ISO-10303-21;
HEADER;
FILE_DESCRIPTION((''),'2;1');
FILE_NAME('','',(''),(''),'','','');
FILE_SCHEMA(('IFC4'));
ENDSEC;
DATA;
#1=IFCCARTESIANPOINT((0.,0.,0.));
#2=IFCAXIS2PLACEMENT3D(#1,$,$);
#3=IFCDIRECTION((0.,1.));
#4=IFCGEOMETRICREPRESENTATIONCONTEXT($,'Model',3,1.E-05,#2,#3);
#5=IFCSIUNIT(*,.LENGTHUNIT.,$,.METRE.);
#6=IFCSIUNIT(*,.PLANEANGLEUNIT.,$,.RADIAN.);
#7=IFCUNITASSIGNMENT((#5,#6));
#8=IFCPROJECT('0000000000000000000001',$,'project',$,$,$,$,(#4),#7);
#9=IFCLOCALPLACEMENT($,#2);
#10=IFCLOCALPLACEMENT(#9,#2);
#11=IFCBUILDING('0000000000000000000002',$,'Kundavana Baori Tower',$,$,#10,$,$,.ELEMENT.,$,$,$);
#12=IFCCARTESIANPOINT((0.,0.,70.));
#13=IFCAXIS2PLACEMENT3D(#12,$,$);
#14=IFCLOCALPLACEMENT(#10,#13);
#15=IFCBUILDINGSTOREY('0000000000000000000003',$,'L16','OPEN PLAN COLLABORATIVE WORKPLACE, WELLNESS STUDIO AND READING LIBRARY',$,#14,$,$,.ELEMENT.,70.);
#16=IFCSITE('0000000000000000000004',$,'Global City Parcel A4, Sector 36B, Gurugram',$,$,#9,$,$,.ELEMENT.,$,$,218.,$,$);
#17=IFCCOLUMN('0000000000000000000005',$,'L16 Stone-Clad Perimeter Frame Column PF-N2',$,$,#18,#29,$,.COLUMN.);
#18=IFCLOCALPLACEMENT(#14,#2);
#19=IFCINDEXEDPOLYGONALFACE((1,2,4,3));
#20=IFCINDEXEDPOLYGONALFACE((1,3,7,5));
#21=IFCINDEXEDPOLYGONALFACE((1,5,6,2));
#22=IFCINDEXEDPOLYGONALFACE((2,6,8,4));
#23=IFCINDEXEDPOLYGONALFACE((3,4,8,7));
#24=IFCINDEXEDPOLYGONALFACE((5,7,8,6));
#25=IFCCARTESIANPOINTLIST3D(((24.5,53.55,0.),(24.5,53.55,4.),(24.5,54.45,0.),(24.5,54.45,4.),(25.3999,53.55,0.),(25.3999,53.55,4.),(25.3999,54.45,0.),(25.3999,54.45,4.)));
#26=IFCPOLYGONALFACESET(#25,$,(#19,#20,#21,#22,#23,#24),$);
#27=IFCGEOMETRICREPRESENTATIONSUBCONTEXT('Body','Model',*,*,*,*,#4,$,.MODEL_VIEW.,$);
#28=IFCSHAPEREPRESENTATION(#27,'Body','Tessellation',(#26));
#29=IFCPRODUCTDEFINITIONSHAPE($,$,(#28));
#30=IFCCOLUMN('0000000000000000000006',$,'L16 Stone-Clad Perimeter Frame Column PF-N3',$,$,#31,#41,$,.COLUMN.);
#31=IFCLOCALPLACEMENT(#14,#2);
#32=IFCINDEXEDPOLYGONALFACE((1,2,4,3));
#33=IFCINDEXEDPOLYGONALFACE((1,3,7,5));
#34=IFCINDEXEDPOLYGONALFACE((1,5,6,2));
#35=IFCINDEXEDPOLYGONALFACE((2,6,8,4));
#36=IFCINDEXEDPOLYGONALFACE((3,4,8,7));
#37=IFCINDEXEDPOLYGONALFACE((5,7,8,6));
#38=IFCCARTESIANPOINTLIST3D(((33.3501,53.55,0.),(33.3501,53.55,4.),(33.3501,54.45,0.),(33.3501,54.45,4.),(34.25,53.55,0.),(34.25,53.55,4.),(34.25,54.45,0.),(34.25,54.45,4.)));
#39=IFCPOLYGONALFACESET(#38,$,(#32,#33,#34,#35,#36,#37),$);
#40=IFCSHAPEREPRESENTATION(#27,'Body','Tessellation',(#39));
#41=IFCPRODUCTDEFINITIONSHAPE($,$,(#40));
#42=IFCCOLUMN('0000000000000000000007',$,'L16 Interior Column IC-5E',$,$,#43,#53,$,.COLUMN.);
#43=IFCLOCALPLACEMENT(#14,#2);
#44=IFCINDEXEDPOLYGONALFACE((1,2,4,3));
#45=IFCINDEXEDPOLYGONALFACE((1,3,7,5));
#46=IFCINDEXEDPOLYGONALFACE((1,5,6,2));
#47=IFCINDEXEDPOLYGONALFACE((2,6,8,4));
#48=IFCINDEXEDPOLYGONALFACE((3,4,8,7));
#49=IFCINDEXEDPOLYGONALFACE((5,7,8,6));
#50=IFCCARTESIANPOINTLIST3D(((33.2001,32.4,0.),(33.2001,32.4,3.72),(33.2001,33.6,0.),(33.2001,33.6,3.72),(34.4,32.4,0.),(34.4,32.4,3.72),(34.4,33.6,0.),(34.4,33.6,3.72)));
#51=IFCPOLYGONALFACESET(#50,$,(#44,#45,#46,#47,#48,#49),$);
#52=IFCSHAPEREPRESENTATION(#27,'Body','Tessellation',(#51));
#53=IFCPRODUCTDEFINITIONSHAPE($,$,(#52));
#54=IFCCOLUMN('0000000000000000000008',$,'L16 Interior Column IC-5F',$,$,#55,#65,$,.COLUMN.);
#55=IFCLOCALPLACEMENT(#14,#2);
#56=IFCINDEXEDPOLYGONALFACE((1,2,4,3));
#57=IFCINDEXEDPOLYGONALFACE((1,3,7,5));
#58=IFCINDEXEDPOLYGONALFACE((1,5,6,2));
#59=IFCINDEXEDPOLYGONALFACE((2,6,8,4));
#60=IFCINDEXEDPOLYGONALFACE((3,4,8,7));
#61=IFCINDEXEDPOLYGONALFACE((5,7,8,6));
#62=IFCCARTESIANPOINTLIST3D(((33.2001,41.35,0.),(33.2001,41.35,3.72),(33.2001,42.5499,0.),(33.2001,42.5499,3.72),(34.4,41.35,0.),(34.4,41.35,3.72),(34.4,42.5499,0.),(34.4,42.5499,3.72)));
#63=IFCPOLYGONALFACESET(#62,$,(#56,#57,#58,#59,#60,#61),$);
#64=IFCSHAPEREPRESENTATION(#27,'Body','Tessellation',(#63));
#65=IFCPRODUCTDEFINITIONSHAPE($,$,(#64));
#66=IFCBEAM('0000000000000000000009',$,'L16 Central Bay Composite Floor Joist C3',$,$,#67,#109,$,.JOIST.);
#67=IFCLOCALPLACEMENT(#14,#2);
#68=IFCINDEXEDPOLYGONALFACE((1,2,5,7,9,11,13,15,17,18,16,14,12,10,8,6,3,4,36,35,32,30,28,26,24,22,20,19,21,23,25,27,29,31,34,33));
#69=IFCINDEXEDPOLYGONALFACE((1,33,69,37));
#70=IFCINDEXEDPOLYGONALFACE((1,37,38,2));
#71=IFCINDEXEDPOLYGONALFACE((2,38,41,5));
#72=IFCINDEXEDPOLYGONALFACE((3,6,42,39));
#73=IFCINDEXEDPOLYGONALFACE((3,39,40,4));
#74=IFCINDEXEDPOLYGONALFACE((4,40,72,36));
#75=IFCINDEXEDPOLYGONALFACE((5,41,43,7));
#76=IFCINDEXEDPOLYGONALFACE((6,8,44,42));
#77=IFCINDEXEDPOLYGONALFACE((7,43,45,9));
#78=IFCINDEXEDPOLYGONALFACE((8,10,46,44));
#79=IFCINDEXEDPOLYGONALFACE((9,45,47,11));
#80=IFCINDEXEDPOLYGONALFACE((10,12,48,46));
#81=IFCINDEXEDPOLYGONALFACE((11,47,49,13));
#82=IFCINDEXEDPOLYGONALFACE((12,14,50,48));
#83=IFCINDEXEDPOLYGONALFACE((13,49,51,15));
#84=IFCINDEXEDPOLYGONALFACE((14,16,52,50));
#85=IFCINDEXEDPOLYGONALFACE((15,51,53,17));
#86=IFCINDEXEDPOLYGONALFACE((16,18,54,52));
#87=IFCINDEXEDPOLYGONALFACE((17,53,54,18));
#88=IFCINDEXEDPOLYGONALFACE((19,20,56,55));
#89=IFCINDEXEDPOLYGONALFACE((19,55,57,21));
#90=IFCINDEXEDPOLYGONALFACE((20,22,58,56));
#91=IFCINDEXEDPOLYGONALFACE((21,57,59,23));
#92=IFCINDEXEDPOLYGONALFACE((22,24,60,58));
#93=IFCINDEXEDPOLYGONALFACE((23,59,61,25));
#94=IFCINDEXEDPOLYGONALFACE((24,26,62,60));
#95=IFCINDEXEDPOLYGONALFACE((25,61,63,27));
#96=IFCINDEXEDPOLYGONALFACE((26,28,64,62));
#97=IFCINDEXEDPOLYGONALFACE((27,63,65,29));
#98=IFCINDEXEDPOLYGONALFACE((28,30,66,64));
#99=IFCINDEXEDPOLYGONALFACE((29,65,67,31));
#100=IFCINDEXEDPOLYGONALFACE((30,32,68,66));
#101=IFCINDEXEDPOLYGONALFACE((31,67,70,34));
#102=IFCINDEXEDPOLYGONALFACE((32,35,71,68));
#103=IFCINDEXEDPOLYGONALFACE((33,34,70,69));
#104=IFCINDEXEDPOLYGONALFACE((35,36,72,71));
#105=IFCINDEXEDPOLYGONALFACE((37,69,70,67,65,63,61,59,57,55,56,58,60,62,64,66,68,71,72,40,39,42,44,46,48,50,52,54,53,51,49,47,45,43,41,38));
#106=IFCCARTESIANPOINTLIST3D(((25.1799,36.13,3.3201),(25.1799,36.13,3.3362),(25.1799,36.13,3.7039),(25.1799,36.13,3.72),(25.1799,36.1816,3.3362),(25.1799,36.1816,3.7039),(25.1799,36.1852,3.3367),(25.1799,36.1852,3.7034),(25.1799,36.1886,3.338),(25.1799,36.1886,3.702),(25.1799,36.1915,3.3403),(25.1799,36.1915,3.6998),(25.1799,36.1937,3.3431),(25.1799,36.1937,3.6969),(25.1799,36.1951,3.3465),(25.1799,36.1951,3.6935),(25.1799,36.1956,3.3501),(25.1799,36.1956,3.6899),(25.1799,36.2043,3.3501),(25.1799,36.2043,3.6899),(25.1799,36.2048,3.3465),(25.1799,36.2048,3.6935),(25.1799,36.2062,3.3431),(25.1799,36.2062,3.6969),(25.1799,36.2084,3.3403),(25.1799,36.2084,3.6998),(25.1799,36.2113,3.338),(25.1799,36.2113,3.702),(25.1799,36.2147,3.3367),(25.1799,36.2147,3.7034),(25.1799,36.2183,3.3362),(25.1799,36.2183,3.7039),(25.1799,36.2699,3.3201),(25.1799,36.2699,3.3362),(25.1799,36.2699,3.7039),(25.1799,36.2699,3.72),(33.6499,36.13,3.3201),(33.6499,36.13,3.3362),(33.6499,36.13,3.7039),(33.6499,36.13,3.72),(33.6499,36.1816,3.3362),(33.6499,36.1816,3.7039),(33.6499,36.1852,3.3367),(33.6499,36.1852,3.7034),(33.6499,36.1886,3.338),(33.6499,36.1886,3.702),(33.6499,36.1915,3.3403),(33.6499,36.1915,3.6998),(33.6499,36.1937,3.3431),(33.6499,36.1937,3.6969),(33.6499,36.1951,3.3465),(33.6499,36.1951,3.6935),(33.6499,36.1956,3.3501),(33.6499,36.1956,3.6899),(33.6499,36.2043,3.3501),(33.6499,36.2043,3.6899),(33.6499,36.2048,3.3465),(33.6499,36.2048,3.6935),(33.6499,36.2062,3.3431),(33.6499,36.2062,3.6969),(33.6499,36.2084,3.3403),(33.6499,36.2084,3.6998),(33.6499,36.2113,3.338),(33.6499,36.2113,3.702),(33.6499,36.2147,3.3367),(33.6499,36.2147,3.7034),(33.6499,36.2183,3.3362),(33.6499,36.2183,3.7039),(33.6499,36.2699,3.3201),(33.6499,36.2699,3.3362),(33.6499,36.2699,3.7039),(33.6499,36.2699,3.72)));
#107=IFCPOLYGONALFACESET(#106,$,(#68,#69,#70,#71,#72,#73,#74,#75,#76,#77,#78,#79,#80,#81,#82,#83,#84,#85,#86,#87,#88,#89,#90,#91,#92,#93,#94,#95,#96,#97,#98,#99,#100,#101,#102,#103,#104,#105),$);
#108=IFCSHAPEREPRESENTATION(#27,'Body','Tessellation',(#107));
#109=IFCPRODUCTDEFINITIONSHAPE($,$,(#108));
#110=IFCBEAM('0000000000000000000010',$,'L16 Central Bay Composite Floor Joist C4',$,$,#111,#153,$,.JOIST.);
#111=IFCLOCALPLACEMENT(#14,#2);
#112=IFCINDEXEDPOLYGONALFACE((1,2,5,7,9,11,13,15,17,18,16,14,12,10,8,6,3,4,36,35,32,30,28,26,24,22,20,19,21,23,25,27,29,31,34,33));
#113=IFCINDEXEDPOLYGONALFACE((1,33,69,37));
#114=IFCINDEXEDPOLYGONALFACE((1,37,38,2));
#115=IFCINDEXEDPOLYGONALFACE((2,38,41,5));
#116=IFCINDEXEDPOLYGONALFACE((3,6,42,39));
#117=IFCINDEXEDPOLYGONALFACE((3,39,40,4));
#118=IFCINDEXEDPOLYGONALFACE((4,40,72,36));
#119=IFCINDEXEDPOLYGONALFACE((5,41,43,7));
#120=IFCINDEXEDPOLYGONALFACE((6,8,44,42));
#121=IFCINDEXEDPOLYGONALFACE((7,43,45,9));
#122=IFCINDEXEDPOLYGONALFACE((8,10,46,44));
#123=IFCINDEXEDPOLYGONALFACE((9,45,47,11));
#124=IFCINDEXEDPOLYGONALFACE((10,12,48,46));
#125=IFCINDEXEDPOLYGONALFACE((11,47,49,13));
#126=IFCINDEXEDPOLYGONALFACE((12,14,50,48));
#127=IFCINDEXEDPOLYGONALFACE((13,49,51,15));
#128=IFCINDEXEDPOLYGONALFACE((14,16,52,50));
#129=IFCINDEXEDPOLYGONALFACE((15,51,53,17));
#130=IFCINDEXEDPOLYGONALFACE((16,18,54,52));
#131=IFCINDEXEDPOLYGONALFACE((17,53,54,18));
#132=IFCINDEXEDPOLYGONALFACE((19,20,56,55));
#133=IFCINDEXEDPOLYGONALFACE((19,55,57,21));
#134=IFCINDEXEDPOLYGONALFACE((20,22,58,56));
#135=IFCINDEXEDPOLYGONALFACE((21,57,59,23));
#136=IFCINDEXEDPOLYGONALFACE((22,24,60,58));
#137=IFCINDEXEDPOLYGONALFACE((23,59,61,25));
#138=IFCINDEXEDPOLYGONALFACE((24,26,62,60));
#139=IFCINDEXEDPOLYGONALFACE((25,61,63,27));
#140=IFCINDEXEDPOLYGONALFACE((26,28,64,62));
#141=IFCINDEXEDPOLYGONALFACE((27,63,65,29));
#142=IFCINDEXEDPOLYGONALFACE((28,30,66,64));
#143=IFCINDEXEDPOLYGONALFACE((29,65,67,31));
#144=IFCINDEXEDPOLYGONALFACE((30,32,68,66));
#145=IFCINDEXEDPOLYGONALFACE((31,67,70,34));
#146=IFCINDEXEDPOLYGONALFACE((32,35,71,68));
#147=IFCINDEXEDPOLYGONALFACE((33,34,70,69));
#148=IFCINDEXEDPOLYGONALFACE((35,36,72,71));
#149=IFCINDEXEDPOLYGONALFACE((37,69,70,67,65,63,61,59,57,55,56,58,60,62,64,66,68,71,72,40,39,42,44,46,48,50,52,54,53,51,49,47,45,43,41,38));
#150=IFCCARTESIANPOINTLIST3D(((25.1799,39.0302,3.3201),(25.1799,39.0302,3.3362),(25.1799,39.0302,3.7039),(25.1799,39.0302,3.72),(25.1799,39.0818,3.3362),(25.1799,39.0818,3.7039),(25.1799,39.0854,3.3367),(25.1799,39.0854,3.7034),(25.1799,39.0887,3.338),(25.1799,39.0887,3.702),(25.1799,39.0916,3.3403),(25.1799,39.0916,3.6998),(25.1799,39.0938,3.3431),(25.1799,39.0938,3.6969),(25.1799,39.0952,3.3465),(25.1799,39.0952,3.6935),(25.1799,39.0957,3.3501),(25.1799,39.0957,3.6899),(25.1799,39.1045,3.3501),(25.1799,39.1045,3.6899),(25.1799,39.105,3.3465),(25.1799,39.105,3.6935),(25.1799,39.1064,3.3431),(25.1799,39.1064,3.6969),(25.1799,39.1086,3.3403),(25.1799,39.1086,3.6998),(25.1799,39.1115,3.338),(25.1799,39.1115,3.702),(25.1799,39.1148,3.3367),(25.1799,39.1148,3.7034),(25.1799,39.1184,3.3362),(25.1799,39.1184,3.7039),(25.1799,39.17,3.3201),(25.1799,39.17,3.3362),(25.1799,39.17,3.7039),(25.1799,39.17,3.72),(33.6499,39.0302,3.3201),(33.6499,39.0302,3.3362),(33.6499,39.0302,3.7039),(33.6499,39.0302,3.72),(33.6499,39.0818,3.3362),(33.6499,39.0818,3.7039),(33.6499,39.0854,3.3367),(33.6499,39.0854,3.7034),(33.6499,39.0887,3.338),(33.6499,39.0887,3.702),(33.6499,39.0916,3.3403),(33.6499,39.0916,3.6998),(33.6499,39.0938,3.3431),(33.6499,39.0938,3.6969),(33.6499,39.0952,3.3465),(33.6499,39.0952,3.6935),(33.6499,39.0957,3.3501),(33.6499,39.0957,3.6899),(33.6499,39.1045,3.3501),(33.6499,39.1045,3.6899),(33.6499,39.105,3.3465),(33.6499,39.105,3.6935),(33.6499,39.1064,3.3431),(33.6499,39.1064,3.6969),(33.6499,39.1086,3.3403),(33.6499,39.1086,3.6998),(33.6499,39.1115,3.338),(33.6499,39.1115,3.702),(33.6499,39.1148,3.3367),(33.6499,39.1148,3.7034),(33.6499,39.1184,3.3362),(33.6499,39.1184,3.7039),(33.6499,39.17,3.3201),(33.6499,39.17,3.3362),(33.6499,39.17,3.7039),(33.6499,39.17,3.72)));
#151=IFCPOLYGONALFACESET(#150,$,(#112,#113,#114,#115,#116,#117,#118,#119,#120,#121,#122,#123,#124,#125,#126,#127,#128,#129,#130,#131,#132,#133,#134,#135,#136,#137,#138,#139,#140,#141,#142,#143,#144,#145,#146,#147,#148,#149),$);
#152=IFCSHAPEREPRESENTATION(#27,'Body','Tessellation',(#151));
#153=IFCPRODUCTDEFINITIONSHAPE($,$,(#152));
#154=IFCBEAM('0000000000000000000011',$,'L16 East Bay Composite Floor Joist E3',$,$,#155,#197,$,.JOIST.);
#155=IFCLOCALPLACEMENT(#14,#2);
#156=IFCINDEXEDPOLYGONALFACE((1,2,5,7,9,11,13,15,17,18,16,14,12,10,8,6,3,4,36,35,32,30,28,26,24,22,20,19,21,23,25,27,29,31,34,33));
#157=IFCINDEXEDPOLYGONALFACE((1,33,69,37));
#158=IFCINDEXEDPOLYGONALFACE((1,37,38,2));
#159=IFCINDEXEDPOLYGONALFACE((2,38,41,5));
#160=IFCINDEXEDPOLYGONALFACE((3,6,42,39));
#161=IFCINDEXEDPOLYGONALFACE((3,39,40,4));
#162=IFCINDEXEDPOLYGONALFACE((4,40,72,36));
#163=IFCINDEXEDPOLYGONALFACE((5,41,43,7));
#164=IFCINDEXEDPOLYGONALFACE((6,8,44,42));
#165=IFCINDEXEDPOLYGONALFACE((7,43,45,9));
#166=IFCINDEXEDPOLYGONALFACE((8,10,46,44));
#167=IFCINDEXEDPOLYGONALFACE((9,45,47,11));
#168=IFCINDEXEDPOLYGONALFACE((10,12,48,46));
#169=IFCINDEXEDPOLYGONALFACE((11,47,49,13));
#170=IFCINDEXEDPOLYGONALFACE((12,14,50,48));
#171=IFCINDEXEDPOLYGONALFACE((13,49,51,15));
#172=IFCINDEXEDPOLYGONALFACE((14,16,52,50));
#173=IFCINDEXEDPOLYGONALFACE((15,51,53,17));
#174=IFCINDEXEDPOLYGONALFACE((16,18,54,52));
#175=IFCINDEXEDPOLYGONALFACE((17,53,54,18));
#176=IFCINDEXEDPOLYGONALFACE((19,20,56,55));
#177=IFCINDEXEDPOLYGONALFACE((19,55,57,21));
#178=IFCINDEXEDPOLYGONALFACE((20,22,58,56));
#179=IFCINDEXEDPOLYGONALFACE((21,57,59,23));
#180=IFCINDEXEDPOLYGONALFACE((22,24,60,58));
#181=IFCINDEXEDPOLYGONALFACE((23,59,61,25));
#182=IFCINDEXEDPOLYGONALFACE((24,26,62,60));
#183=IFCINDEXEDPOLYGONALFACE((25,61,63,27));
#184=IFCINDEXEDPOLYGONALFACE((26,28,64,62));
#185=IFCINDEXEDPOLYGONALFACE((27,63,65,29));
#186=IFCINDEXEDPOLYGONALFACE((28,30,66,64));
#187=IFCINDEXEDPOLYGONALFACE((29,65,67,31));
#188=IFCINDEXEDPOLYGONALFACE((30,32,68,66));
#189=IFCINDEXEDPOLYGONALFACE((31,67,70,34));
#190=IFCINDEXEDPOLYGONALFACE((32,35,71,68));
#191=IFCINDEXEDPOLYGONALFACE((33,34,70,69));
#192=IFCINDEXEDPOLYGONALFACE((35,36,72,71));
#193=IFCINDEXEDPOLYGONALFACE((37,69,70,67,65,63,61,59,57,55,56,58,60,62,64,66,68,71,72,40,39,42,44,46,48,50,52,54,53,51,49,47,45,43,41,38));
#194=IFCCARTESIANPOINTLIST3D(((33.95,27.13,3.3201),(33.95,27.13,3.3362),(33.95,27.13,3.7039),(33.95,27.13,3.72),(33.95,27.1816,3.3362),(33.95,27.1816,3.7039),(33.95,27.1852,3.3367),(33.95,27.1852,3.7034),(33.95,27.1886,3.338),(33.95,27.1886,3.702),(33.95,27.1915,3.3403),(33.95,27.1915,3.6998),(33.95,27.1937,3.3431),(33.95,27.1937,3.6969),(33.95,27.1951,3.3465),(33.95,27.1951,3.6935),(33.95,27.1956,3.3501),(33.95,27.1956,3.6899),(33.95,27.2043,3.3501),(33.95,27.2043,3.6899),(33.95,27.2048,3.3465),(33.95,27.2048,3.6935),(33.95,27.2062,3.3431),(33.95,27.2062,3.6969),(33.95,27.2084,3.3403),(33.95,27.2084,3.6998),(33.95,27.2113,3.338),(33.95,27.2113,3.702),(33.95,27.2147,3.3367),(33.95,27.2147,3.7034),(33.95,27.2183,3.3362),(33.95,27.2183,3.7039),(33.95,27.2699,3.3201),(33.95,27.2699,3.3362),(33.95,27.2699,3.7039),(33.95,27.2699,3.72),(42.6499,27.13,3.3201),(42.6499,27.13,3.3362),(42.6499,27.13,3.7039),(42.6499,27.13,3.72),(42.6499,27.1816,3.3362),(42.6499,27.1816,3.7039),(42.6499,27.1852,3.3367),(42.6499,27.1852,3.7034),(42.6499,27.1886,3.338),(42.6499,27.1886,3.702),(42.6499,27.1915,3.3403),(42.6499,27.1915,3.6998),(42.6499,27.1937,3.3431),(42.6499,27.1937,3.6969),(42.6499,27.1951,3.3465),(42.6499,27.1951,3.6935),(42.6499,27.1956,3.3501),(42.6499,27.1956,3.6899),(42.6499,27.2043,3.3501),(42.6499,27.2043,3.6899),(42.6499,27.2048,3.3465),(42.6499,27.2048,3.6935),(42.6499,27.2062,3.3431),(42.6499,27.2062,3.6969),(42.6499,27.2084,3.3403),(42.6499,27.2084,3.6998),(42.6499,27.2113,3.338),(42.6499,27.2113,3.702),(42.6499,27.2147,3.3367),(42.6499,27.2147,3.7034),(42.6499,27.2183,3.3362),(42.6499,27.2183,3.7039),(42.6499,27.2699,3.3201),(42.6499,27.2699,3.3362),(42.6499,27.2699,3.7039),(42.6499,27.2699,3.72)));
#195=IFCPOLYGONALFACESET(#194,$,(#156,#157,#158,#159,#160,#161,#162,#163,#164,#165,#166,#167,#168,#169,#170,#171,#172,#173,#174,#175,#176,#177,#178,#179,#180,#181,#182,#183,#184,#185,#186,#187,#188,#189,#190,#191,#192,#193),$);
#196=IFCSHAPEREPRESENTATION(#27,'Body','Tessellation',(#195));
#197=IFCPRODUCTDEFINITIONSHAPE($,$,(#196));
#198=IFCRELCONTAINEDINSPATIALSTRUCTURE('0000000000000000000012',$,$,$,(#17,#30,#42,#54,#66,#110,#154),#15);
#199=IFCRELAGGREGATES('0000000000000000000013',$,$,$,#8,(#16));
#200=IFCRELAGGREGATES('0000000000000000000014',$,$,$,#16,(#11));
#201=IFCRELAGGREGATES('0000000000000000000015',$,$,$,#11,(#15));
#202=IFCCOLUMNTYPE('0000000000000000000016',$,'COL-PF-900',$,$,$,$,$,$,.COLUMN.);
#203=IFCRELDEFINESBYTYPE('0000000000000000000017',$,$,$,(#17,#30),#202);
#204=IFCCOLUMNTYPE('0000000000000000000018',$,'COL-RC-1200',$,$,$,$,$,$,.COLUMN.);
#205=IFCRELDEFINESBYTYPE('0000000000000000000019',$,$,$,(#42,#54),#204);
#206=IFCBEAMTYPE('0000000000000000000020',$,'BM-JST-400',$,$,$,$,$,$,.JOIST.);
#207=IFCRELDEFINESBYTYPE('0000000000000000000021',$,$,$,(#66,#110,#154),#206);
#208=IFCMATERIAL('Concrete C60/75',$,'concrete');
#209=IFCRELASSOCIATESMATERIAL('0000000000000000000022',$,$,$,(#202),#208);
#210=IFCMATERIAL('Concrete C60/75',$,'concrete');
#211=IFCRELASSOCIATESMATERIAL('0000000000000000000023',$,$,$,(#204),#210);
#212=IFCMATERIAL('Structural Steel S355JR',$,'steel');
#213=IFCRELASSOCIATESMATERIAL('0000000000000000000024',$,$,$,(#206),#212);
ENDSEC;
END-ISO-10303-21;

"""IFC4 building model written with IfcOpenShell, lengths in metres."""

from ifc_helpers import new_model, si_unit, direction, frame, origin, origin_2d, place, context, subcontext, project, spatial, rectangle, i_section, extrude, material, material_profile, profile_set, type_object, element, save


model = new_model("IFC4")

# Units and contexts
model_context = context("Model", 3, precision=1e-05, world=origin(), true_north=direction((0.0, 1.0)))
body_context = subcontext(model_context, "Body", "Model", "MODEL_VIEW")
ifc_project = project(units=[si_unit("LENGTHUNIT", "METRE"), si_unit("PLANEANGLEUNIT", "RADIAN")], contexts=[model_context])

# Site, building, storey
site_placement = place(None, origin())
site = spatial("IfcSite", under=ifc_project, at=site_placement, Name="Global City Parcel A4, Sector 36B, Gurugram", CompositionType="ELEMENT", RefElevation=218.0)
building_placement = place(site_placement, origin())
building = spatial("IfcBuilding", under=site, at=building_placement, Name="Kundavana Baori Tower", CompositionType="ELEMENT")
storey_placement = place(building_placement, frame((0.0, 0.0, 70.0)))
storey = spatial("IfcBuildingStorey", under=building, at=storey_placement, Name="L16", Description="OPEN PLAN COLLABORATIVE WORKPLACE, WELLNESS STUDIO AND READING LIBRARY", CompositionType="ELEMENT", Elevation=70.0)

# Columns
ifc_material_1 = material(Name="Concrete C60/75", Category="concrete")
ifc_material_profile_1 = material_profile(ifc_material_1, rectangle(XDim=0.8999, YDim=0.8999, at=origin_2d()), Name="RC PF 900x900")
ifc_profile_set_1 = profile_set([ifc_material_profile_1], Name="Concrete C60/75")
column_type_1 = type_object("IfcColumnType", Name="COL-PF-900", PredefinedType="COLUMN", material=ifc_profile_set_1)
for number, where, z_axis, x_axis, name in (
    (1, (24.95, 54.0, 0.0), (0.0, 0.0, 1.0), (1.0, 0.0, 0.0), "L16 Stone-Clad Perimeter Frame Column PF-N2"),
    (2, (33.8, 54.0, 0.0), (0.0, 0.0, 1.0), (1.0, 0.0, 0.0), "L16 Stone-Clad Perimeter Frame Column PF-N3"),
):
    element("IfcColumn", number, at=place(storey_placement, frame(where, z_axis=z_axis, x_axis=x_axis)), inside=storey, type_object=column_type_1, Name=name, PredefinedType="COLUMN", context=body_context, shape_type="SweptSolid", body=[
        extrude(rectangle(XDim=0.8999, YDim=0.8999, at=origin_2d()), origin(), (0.0, 0.0, 1.0), 4.0),
    ])
ifc_material_2 = material(Name="Concrete C60/75", Category="concrete")
ifc_material_profile_2 = material_profile(ifc_material_2, rectangle(XDim=1.2, YDim=1.2, at=origin_2d()), Name="RC 1200x1200")
ifc_profile_set_2 = profile_set([ifc_material_profile_2], Name="Concrete C60/75")
column_type_2 = type_object("IfcColumnType", Name="COL-RC-1200", PredefinedType="COLUMN", material=ifc_profile_set_2)
for number, where, z_axis, x_axis, name in (
    (3, (33.8, 33.0, 0.0), (0.0, 0.0, 1.0), (1.0, 0.0, 0.0), "L16 Interior Column IC-5E"),
    (4, (33.8, 41.95, 0.0), (0.0, 0.0, 1.0), (1.0, 0.0, 0.0), "L16 Interior Column IC-5F"),
):
    element("IfcColumn", number, at=place(storey_placement, frame(where, z_axis=z_axis, x_axis=x_axis)), inside=storey, type_object=column_type_2, Name=name, PredefinedType="COLUMN", context=body_context, shape_type="SweptSolid", body=[
        extrude(rectangle(XDim=1.2, YDim=1.2, at=origin_2d()), origin(), (0.0, 0.0, 1.0), 3.72),
    ])

# Beams
ifc_material_3 = material(Name="Structural Steel S355JR", Category="steel")
ifc_material_profile_3 = material_profile(ifc_material_3, i_section(OverallWidth=0.1399, OverallDepth=0.3999, WebThickness=0.0088, FlangeThickness=0.0161, FilletRadius=0.0139, at=origin_2d()), Name="ISMB 400")
ifc_profile_set_3 = profile_set([ifc_material_profile_3], Name="Structural Steel S355JR")
beam_type_1 = type_object("IfcBeamType", Name="BM-JST-400", PredefinedType="JOIST", material=ifc_profile_set_3)
for number, where, z_axis, x_axis, name in (
    (5, (25.1799, 36.2, 3.52), (1.0, 0.0, 0.0), (0.0, 1.0, 0.0), "L16 Central Bay Composite Floor Joist C3"),
    (6, (25.1799, 39.1001, 3.52), (1.0, 0.0, 0.0), (0.0, 1.0, 0.0), "L16 Central Bay Composite Floor Joist C4"),
):
    element("IfcBeam", number, at=place(storey_placement, frame(where, z_axis=z_axis, x_axis=x_axis)), inside=storey, type_object=beam_type_1, Name=name, PredefinedType="JOIST", context=body_context, shape_type="SweptSolid", body=[
        extrude(i_section(OverallWidth=0.1399, OverallDepth=0.3999, WebThickness=0.0088, FlangeThickness=0.0161, FilletRadius=0.0139, at=origin_2d()), origin(), (0.0, 0.0, 1.0), 8.47),
    ])
beam_1_placement = place(storey_placement, frame((33.95, 27.2, 3.52), z_axis=(1.0, 0.0, 0.0), x_axis=(0.0, 1.0, 0.0)))
element("IfcBeam", 7, at=beam_1_placement, inside=storey, type_object=beam_type_1, Name="L16 East Bay Composite Floor Joist E3", PredefinedType="JOIST", context=body_context, shape_type="SweptSolid", body=[
    extrude(i_section(OverallWidth=0.1399, OverallDepth=0.3999, WebThickness=0.0088, FlangeThickness=0.0161, FilletRadius=0.0139, at=origin_2d()), origin(), (0.0, 0.0, 1.0), 8.7),
])

save(model, "model.ifc")
